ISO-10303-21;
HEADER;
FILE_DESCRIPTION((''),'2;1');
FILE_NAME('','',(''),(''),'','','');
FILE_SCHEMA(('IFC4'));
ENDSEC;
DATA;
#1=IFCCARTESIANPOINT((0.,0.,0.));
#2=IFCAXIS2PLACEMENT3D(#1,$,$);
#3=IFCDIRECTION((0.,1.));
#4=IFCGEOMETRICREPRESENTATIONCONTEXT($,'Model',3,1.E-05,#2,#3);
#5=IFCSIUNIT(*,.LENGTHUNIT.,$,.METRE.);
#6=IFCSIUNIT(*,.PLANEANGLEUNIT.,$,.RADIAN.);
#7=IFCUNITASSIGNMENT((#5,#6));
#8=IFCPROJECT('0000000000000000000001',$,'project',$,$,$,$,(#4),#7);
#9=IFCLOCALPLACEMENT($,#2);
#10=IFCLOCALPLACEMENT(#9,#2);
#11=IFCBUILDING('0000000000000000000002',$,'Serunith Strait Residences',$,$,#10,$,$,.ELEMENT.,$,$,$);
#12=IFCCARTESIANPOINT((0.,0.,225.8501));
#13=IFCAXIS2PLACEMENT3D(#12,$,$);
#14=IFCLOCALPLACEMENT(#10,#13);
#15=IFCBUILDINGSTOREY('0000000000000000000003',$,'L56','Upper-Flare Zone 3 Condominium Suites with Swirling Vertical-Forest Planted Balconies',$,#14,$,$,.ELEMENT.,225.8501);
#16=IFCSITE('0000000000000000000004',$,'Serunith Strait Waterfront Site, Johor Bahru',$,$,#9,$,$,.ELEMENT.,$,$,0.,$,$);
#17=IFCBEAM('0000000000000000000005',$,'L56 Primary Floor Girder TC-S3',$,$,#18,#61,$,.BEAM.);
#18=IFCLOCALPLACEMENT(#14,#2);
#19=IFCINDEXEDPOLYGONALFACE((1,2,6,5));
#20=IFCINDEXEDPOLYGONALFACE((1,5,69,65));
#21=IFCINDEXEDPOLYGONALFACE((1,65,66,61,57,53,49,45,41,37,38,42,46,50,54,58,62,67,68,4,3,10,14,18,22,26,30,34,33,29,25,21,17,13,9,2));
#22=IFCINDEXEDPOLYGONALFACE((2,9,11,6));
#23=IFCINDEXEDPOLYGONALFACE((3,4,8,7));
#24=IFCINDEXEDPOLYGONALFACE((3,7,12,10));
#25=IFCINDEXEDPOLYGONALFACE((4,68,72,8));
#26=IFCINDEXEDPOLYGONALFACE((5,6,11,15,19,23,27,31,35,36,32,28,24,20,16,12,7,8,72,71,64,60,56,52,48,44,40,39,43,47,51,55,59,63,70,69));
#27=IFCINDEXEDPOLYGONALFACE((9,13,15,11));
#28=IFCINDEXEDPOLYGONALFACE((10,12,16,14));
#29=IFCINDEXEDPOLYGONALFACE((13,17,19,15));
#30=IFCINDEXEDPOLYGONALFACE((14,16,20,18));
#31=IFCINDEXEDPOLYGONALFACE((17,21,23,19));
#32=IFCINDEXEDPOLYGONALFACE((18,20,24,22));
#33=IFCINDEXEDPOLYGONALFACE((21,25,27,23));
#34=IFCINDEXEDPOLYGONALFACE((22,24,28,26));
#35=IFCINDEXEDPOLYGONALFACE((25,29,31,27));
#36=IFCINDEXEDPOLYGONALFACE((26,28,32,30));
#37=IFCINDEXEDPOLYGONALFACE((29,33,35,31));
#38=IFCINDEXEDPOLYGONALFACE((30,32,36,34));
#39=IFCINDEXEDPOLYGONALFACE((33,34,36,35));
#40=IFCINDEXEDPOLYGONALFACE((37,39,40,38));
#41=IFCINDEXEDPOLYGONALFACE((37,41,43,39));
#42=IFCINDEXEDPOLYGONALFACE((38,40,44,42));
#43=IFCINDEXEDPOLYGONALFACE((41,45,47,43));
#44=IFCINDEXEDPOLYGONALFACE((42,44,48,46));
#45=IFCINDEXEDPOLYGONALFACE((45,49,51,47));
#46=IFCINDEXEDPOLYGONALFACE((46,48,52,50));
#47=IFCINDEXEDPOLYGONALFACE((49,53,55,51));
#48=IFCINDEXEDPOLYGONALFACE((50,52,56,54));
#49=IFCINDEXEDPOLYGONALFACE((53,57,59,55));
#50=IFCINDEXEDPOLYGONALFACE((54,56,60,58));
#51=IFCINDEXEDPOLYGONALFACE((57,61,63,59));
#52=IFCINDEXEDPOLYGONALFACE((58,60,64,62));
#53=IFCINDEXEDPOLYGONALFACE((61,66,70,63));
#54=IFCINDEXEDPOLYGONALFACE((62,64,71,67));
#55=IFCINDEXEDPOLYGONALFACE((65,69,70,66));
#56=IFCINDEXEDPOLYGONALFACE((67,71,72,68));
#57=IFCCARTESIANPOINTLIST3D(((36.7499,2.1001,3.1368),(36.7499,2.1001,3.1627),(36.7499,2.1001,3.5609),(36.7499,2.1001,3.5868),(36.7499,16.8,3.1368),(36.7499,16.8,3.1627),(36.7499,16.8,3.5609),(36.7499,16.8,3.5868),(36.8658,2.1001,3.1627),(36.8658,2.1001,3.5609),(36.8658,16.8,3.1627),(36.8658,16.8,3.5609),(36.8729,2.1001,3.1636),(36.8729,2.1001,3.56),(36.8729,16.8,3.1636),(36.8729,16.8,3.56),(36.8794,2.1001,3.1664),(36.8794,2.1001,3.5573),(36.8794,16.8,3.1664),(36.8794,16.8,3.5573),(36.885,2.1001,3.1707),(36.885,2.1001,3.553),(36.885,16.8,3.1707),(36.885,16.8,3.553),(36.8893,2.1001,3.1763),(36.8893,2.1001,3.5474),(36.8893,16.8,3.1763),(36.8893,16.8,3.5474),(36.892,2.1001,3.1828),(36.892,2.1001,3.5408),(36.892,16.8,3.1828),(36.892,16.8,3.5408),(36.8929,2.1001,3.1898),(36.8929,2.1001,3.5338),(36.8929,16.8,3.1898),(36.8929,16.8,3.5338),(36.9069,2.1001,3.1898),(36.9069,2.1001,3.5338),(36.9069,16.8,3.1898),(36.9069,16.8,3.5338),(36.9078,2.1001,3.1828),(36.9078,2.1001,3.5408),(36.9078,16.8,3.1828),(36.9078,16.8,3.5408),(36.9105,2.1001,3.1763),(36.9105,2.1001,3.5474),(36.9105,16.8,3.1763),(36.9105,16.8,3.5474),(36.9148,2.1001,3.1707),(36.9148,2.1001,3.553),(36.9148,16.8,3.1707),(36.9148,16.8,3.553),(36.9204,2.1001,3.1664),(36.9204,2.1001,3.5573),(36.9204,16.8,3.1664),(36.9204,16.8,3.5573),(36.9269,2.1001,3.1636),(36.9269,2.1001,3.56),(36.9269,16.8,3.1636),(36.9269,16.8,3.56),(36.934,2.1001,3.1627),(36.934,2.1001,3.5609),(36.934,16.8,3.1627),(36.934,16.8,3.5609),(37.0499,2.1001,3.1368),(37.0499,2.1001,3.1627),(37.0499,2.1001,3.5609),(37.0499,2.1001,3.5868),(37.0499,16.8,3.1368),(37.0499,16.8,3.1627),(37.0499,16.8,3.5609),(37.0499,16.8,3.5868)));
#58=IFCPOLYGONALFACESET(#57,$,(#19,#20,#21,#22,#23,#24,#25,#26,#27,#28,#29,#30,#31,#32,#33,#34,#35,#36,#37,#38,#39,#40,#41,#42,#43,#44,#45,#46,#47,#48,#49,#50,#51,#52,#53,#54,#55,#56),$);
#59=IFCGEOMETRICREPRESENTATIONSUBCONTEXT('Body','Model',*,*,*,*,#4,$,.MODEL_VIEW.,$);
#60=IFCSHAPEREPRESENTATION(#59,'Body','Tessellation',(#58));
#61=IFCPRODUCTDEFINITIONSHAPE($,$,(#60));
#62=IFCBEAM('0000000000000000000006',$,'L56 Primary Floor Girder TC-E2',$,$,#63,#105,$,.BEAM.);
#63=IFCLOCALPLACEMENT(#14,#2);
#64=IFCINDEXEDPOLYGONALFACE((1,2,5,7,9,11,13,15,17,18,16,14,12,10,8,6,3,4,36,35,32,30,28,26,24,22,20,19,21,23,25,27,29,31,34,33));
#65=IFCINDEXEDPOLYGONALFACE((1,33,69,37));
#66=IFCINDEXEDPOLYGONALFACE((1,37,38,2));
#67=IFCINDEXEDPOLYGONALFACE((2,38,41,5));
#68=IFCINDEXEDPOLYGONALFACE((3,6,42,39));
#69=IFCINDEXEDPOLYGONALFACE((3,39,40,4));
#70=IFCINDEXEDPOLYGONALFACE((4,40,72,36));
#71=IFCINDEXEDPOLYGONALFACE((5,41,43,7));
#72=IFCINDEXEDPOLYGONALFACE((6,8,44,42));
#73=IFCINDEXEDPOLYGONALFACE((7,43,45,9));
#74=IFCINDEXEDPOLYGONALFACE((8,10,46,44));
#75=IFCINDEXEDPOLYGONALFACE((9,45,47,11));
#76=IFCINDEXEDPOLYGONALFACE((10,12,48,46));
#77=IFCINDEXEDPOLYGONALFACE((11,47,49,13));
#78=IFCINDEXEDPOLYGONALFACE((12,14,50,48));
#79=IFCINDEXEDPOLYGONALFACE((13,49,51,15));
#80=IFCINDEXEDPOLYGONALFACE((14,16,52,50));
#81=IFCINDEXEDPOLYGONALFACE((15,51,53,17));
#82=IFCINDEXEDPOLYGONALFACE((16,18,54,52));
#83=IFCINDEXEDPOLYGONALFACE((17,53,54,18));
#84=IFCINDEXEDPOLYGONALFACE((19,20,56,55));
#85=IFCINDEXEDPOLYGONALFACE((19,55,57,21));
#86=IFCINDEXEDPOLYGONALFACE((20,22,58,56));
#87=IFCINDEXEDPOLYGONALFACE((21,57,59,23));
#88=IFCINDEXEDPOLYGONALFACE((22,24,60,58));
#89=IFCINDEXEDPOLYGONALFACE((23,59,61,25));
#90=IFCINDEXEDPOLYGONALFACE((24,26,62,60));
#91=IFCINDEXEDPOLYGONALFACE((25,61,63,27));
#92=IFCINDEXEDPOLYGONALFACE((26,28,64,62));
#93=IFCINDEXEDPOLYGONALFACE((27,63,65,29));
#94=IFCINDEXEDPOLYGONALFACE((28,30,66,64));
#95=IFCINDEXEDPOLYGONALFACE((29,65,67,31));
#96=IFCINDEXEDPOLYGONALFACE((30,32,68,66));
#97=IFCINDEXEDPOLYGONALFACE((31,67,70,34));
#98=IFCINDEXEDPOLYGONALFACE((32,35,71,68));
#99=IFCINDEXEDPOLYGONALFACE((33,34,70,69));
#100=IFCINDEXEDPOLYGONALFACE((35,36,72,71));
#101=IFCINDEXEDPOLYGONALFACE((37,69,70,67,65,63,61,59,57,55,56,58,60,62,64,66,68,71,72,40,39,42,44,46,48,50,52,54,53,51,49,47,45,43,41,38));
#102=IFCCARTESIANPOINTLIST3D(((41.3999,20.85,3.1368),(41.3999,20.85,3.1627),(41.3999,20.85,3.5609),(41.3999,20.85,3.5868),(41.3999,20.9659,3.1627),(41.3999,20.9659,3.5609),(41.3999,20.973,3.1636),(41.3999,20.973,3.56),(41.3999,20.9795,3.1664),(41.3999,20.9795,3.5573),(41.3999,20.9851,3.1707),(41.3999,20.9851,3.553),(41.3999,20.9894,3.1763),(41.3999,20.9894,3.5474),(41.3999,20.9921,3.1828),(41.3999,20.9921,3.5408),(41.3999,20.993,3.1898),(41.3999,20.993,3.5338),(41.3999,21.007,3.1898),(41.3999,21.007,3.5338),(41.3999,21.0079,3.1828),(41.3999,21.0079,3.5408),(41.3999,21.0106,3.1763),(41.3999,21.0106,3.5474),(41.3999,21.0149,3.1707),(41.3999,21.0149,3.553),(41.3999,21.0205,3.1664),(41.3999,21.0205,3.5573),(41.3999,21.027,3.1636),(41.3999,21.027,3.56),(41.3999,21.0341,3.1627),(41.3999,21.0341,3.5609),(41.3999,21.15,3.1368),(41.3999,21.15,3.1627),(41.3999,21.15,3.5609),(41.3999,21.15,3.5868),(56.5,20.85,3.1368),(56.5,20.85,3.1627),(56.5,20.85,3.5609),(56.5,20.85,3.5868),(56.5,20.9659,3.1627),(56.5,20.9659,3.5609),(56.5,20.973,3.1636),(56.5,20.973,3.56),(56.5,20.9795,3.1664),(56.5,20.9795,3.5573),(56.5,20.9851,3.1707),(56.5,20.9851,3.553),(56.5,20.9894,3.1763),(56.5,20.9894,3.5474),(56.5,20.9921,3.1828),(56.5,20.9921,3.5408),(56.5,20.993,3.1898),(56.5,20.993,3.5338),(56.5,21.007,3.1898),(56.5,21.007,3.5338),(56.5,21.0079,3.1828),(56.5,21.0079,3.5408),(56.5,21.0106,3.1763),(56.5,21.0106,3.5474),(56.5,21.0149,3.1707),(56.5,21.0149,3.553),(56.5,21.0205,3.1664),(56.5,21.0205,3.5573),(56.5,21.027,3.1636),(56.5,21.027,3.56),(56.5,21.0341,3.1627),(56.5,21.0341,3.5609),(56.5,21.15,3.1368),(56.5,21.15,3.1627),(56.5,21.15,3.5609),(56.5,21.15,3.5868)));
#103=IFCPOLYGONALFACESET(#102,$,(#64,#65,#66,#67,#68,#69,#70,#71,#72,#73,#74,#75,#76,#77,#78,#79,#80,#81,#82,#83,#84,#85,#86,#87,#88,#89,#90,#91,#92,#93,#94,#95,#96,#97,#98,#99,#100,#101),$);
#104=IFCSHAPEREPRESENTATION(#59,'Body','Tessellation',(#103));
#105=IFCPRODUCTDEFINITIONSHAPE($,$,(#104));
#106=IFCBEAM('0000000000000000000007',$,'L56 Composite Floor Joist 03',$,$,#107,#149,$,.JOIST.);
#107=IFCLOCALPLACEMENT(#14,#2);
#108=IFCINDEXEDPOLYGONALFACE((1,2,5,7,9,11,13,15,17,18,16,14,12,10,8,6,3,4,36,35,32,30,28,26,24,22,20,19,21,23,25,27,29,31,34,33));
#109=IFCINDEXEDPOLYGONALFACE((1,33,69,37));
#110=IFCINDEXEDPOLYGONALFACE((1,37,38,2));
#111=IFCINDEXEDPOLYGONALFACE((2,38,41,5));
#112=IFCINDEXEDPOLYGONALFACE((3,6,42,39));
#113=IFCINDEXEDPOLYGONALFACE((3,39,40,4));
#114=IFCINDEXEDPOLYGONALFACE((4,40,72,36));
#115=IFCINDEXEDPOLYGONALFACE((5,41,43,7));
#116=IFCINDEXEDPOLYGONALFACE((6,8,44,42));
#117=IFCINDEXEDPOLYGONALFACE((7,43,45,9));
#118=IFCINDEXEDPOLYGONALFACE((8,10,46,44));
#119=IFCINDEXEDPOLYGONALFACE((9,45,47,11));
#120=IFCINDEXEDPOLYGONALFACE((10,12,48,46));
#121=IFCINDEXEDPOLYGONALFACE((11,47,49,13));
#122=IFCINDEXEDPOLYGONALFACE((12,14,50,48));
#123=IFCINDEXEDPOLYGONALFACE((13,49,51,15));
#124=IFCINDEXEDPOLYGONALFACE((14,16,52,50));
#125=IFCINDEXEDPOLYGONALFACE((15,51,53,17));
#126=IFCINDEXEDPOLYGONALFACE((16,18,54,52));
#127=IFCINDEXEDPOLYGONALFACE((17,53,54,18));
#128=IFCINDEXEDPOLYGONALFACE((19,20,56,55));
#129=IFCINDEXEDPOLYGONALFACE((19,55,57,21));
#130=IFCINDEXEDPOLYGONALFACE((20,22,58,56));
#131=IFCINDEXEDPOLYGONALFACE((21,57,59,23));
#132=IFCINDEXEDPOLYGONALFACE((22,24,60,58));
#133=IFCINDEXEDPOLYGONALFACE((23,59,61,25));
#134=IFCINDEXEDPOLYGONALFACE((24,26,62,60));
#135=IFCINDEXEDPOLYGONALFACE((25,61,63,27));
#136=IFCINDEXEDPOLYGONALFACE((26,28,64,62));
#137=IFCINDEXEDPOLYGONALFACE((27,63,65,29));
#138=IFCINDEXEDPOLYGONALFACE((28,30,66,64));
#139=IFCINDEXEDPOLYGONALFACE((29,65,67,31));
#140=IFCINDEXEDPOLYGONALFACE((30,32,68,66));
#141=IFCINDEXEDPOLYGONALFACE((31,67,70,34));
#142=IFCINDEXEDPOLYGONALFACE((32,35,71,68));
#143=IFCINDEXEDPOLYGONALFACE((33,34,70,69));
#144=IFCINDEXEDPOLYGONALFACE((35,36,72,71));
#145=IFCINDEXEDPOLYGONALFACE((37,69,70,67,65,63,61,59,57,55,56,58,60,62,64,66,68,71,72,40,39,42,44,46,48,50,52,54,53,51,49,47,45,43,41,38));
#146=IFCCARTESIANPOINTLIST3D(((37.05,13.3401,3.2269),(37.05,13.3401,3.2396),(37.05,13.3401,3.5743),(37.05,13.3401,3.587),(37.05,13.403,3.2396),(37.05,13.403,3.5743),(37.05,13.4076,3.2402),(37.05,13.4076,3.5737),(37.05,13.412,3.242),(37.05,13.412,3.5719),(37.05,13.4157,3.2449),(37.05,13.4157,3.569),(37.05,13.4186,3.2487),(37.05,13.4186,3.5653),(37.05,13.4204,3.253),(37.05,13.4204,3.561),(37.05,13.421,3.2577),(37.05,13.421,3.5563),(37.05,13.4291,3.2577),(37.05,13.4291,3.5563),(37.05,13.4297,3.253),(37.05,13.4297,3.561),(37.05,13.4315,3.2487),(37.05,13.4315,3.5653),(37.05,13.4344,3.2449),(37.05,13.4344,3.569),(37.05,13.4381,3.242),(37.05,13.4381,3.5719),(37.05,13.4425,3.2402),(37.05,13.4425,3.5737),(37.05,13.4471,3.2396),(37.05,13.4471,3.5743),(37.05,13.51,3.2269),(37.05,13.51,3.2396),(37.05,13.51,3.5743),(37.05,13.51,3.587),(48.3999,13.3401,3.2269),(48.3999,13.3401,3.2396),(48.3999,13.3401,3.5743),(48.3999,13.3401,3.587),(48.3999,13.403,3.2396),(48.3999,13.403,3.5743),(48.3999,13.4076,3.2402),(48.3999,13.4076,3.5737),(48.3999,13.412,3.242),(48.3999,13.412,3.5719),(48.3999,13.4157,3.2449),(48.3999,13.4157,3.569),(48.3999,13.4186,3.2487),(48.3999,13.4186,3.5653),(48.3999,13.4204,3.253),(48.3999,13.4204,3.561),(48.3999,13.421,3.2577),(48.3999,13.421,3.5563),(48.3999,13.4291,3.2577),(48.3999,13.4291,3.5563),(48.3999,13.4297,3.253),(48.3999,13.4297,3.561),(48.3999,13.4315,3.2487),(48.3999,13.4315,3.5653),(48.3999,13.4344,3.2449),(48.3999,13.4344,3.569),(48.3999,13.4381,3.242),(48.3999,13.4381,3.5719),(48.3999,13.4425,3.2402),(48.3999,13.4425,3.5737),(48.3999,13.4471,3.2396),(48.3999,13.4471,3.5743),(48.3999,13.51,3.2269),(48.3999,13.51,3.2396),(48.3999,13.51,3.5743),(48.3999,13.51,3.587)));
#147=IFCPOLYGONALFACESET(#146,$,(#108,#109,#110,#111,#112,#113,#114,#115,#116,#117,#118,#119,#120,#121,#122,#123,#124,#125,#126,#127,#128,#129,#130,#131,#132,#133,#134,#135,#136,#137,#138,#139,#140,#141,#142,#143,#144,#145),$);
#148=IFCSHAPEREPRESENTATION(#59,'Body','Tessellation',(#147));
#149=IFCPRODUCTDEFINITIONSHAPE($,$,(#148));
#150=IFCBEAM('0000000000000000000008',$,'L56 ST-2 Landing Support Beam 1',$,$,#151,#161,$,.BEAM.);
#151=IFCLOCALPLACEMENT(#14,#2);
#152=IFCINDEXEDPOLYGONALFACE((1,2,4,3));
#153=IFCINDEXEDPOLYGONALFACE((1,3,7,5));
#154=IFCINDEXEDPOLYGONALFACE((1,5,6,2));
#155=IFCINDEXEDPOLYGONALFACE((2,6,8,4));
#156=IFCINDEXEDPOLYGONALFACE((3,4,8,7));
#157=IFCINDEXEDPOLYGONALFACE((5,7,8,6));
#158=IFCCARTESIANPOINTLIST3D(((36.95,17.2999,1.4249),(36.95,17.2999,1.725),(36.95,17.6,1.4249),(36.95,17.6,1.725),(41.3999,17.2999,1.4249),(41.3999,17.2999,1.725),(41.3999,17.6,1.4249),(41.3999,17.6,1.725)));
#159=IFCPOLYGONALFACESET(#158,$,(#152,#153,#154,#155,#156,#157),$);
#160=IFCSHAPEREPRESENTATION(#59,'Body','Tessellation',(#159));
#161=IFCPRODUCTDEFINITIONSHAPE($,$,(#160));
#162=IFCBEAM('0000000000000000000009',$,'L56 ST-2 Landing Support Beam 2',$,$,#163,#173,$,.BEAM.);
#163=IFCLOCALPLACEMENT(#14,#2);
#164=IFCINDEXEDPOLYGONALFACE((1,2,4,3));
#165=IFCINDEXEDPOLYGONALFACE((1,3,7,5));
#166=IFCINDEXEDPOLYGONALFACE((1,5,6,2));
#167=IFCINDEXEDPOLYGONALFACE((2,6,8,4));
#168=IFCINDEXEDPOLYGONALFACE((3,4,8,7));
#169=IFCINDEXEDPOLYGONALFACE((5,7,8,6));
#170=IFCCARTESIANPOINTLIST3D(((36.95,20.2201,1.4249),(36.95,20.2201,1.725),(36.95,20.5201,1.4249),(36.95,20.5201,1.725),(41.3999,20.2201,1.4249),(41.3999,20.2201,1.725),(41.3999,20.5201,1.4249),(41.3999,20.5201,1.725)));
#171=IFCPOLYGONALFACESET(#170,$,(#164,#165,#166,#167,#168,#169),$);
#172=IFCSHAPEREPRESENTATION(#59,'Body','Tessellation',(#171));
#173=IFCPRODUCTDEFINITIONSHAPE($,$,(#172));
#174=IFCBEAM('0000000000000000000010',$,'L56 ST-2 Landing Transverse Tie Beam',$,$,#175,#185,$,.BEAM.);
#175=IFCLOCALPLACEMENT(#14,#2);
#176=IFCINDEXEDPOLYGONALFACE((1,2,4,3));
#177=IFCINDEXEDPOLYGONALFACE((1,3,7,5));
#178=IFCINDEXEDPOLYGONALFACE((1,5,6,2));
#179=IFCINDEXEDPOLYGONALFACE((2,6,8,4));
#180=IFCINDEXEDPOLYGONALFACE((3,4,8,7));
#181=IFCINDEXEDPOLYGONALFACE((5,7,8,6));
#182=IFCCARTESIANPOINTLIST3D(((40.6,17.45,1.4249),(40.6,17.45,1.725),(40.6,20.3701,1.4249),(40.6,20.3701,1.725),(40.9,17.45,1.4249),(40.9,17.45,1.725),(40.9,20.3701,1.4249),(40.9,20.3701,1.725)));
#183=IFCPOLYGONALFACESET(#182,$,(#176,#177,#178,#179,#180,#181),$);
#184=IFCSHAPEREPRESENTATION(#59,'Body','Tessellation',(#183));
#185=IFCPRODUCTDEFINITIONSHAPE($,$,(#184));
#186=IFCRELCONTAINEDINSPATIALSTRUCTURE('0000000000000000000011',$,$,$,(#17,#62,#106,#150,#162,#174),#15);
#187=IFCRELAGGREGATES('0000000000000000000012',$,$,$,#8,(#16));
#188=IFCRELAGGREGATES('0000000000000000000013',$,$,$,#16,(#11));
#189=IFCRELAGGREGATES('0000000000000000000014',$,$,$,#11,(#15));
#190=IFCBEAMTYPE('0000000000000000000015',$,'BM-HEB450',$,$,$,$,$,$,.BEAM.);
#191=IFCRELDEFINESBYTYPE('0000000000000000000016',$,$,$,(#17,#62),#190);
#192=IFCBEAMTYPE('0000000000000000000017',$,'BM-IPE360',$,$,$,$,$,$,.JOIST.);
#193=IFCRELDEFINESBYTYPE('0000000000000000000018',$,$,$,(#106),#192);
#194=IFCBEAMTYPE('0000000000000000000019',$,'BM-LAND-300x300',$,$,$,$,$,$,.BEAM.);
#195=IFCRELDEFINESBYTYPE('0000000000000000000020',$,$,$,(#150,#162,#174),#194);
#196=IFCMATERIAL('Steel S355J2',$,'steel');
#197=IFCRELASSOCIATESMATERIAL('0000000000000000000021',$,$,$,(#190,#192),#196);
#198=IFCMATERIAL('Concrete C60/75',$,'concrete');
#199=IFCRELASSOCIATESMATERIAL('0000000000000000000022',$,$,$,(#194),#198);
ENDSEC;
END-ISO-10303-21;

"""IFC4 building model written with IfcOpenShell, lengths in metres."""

from ifc_helpers import new_model, si_unit, direction, frame, origin, origin_2d, place, context, subcontext, project, spatial, rectangle, i_section, extrude, source, transform, mapped, material, material_profile, profile_set, type_object, element, save


model = new_model("IFC4")

# Units and contexts
model_context = context("Model", 3, precision=1e-05, world=origin(), true_north=direction((0.0, 1.0)))
body_context = subcontext(model_context, "Body", "Model", "MODEL_VIEW")
ifc_project = project(units=[si_unit("LENGTHUNIT", "METRE"), si_unit("PLANEANGLEUNIT", "RADIAN")], contexts=[model_context])

# Site, building, storey
site_placement = place(None, origin())
site = spatial("IfcSite", under=ifc_project, at=site_placement, Name="Serunith Strait Waterfront Site, Johor Bahru", CompositionType="ELEMENT", RefElevation=0.0)
building_placement = place(site_placement, origin())
building = spatial("IfcBuilding", under=site, at=building_placement, Name="Serunith Strait Residences", CompositionType="ELEMENT")
storey_placement = place(building_placement, frame((0.0, 0.0, 225.8501)))
storey = spatial("IfcBuildingStorey", under=building, at=storey_placement, Name="L56", Description="Upper-Flare Zone 3 Condominium Suites with Swirling Vertical-Forest Planted Balconies", CompositionType="ELEMENT", Elevation=225.8501)

# Beams
ifc_material_1 = material(Name="Steel S355J2", Category="steel")
ifc_material_profile_1 = material_profile(ifc_material_1, i_section(OverallWidth=0.3, OverallDepth=0.45, WebThickness=0.0139, FlangeThickness=0.0259, FilletRadius=0.0271, at=origin_2d()), Name="HEB 450")
ifc_profile_set_1 = profile_set([ifc_material_profile_1], Name="Steel S355J2")
beam_type_1 = type_object("IfcBeamType", Name="BM-HEB450", PredefinedType="BEAM", material=ifc_profile_set_1)
shared_shape_1 = source(origin(), body_context, "Body", "SweptSolid", [
    extrude(i_section(OverallWidth=0.3, OverallDepth=0.45, WebThickness=0.0139, FlangeThickness=0.0259, FilletRadius=0.0271, at=origin_2d()), origin(), (0.0, 0.0, 1.0), 14.7),
])
beam_1_placement = place(storey_placement, frame((36.8999, 16.8, 3.3618), z_axis=(0.0, -1.0, 0.0), x_axis=(1.0, 0.0, 0.0)))
element("IfcBeam", 1, at=beam_1_placement, inside=storey, type_object=beam_type_1, Name="L56 Primary Floor Girder TC-S3", PredefinedType="BEAM", context=body_context, shape_type="MappedRepresentation", body=[
    mapped(shared_shape_1, transform((0.0, 0.0, 0.0), scale=1.0)),
])
shared_shape_2 = source(origin(), body_context, "Body", "SweptSolid", [
    extrude(i_section(OverallWidth=0.3, OverallDepth=0.45, WebThickness=0.0139, FlangeThickness=0.0259, FilletRadius=0.0271, at=origin_2d()), origin(), (0.0, 0.0, 1.0), 15.1001),
])
beam_2_placement = place(storey_placement, frame((41.3999, 21.0, 3.3618), z_axis=(1.0, 0.0, 0.0), x_axis=(0.0, 1.0, 0.0)))
element("IfcBeam", 2, at=beam_2_placement, inside=storey, type_object=beam_type_1, Name="L56 Primary Floor Girder TC-E2", PredefinedType="BEAM", context=body_context, shape_type="MappedRepresentation", body=[
    mapped(shared_shape_2, transform((0.0, 0.0, 0.0), scale=1.0)),
])
ifc_material_profile_2 = material_profile(ifc_material_1, i_section(OverallWidth=0.1699, OverallDepth=0.3601, WebThickness=0.0081, FlangeThickness=0.0127, FilletRadius=0.0181, at=origin_2d()), Name="IPE 360")
ifc_profile_set_2 = profile_set([ifc_material_profile_2], Name="Steel S355J2")
beam_type_2 = type_object("IfcBeamType", Name="BM-IPE360", PredefinedType="JOIST", material=ifc_profile_set_2)
shared_shape_3 = source(origin(), body_context, "Body", "SweptSolid", [
    extrude(i_section(OverallWidth=0.1699, OverallDepth=0.3601, WebThickness=0.0081, FlangeThickness=0.0127, FilletRadius=0.0181, at=origin_2d()), origin(), (0.0, 0.0, 1.0), 11.3499),
])
beam_3_placement = place(storey_placement, frame((37.05, 13.425, 3.407), z_axis=(1.0, 0.0, 0.0), x_axis=(0.0, 1.0, 0.0)))
element("IfcBeam", 3, at=beam_3_placement, inside=storey, type_object=beam_type_2, Name="L56 Composite Floor Joist 03", PredefinedType="JOIST", context=body_context, shape_type="MappedRepresentation", body=[
    mapped(shared_shape_3, transform((0.0, 0.0, 0.0), scale=1.0)),
])
ifc_material_2 = material(Name="Concrete C60/75", Category="concrete")
ifc_material_profile_3 = material_profile(ifc_material_2, rectangle(XDim=0.3, YDim=0.3, at=origin_2d()), Name="RC 300x300")
ifc_profile_set_3 = profile_set([ifc_material_profile_3], Name="Concrete C60/75")
beam_type_3 = type_object("IfcBeamType", Name="BM-LAND-300x300", PredefinedType="BEAM", material=ifc_profile_set_3)
shared_shape_4 = source(origin(), body_context, "Body", "SweptSolid", [
    extrude(rectangle(XDim=0.3, YDim=0.3, at=origin_2d()), origin(), (0.0, 0.0, 1.0), 4.45),
])
for number, where, z_axis, x_axis, name in (
    (4, (36.95, 17.45, 1.575), (1.0, 0.0, 0.0), (0.0, 1.0, 0.0), "L56 ST-2 Landing Support Beam 1"),
    (5, (36.95, 20.3701, 1.575), (1.0, 0.0, 0.0), (0.0, 1.0, 0.0), "L56 ST-2 Landing Support Beam 2"),
):
    element("IfcBeam", number, at=place(storey_placement, frame(where, z_axis=z_axis, x_axis=x_axis)), inside=storey, type_object=beam_type_3, Name=name, PredefinedType="BEAM", context=body_context, shape_type="MappedRepresentation", body=[
        mapped(shared_shape_4, transform((0.0, 0.0, 0.0), scale=1.0)),
    ])
shared_shape_5 = source(origin(), body_context, "Body", "SweptSolid", [
    extrude(rectangle(XDim=0.3, YDim=0.3, at=origin_2d()), origin(), (0.0, 0.0, 1.0), 2.9202),
])
beam_4_placement = place(storey_placement, frame((40.75, 17.45, 1.575), z_axis=(0.0, 1.0, 0.0), x_axis=(-1.0, 0.0, 0.0)))
element("IfcBeam", 6, at=beam_4_placement, inside=storey, type_object=beam_type_3, Name="L56 ST-2 Landing Transverse Tie Beam", PredefinedType="BEAM", context=body_context, shape_type="MappedRepresentation", body=[
    mapped(shared_shape_5, transform((0.0, 0.0, 0.0), scale=1.0)),
])

save(model, "model.ifc")
